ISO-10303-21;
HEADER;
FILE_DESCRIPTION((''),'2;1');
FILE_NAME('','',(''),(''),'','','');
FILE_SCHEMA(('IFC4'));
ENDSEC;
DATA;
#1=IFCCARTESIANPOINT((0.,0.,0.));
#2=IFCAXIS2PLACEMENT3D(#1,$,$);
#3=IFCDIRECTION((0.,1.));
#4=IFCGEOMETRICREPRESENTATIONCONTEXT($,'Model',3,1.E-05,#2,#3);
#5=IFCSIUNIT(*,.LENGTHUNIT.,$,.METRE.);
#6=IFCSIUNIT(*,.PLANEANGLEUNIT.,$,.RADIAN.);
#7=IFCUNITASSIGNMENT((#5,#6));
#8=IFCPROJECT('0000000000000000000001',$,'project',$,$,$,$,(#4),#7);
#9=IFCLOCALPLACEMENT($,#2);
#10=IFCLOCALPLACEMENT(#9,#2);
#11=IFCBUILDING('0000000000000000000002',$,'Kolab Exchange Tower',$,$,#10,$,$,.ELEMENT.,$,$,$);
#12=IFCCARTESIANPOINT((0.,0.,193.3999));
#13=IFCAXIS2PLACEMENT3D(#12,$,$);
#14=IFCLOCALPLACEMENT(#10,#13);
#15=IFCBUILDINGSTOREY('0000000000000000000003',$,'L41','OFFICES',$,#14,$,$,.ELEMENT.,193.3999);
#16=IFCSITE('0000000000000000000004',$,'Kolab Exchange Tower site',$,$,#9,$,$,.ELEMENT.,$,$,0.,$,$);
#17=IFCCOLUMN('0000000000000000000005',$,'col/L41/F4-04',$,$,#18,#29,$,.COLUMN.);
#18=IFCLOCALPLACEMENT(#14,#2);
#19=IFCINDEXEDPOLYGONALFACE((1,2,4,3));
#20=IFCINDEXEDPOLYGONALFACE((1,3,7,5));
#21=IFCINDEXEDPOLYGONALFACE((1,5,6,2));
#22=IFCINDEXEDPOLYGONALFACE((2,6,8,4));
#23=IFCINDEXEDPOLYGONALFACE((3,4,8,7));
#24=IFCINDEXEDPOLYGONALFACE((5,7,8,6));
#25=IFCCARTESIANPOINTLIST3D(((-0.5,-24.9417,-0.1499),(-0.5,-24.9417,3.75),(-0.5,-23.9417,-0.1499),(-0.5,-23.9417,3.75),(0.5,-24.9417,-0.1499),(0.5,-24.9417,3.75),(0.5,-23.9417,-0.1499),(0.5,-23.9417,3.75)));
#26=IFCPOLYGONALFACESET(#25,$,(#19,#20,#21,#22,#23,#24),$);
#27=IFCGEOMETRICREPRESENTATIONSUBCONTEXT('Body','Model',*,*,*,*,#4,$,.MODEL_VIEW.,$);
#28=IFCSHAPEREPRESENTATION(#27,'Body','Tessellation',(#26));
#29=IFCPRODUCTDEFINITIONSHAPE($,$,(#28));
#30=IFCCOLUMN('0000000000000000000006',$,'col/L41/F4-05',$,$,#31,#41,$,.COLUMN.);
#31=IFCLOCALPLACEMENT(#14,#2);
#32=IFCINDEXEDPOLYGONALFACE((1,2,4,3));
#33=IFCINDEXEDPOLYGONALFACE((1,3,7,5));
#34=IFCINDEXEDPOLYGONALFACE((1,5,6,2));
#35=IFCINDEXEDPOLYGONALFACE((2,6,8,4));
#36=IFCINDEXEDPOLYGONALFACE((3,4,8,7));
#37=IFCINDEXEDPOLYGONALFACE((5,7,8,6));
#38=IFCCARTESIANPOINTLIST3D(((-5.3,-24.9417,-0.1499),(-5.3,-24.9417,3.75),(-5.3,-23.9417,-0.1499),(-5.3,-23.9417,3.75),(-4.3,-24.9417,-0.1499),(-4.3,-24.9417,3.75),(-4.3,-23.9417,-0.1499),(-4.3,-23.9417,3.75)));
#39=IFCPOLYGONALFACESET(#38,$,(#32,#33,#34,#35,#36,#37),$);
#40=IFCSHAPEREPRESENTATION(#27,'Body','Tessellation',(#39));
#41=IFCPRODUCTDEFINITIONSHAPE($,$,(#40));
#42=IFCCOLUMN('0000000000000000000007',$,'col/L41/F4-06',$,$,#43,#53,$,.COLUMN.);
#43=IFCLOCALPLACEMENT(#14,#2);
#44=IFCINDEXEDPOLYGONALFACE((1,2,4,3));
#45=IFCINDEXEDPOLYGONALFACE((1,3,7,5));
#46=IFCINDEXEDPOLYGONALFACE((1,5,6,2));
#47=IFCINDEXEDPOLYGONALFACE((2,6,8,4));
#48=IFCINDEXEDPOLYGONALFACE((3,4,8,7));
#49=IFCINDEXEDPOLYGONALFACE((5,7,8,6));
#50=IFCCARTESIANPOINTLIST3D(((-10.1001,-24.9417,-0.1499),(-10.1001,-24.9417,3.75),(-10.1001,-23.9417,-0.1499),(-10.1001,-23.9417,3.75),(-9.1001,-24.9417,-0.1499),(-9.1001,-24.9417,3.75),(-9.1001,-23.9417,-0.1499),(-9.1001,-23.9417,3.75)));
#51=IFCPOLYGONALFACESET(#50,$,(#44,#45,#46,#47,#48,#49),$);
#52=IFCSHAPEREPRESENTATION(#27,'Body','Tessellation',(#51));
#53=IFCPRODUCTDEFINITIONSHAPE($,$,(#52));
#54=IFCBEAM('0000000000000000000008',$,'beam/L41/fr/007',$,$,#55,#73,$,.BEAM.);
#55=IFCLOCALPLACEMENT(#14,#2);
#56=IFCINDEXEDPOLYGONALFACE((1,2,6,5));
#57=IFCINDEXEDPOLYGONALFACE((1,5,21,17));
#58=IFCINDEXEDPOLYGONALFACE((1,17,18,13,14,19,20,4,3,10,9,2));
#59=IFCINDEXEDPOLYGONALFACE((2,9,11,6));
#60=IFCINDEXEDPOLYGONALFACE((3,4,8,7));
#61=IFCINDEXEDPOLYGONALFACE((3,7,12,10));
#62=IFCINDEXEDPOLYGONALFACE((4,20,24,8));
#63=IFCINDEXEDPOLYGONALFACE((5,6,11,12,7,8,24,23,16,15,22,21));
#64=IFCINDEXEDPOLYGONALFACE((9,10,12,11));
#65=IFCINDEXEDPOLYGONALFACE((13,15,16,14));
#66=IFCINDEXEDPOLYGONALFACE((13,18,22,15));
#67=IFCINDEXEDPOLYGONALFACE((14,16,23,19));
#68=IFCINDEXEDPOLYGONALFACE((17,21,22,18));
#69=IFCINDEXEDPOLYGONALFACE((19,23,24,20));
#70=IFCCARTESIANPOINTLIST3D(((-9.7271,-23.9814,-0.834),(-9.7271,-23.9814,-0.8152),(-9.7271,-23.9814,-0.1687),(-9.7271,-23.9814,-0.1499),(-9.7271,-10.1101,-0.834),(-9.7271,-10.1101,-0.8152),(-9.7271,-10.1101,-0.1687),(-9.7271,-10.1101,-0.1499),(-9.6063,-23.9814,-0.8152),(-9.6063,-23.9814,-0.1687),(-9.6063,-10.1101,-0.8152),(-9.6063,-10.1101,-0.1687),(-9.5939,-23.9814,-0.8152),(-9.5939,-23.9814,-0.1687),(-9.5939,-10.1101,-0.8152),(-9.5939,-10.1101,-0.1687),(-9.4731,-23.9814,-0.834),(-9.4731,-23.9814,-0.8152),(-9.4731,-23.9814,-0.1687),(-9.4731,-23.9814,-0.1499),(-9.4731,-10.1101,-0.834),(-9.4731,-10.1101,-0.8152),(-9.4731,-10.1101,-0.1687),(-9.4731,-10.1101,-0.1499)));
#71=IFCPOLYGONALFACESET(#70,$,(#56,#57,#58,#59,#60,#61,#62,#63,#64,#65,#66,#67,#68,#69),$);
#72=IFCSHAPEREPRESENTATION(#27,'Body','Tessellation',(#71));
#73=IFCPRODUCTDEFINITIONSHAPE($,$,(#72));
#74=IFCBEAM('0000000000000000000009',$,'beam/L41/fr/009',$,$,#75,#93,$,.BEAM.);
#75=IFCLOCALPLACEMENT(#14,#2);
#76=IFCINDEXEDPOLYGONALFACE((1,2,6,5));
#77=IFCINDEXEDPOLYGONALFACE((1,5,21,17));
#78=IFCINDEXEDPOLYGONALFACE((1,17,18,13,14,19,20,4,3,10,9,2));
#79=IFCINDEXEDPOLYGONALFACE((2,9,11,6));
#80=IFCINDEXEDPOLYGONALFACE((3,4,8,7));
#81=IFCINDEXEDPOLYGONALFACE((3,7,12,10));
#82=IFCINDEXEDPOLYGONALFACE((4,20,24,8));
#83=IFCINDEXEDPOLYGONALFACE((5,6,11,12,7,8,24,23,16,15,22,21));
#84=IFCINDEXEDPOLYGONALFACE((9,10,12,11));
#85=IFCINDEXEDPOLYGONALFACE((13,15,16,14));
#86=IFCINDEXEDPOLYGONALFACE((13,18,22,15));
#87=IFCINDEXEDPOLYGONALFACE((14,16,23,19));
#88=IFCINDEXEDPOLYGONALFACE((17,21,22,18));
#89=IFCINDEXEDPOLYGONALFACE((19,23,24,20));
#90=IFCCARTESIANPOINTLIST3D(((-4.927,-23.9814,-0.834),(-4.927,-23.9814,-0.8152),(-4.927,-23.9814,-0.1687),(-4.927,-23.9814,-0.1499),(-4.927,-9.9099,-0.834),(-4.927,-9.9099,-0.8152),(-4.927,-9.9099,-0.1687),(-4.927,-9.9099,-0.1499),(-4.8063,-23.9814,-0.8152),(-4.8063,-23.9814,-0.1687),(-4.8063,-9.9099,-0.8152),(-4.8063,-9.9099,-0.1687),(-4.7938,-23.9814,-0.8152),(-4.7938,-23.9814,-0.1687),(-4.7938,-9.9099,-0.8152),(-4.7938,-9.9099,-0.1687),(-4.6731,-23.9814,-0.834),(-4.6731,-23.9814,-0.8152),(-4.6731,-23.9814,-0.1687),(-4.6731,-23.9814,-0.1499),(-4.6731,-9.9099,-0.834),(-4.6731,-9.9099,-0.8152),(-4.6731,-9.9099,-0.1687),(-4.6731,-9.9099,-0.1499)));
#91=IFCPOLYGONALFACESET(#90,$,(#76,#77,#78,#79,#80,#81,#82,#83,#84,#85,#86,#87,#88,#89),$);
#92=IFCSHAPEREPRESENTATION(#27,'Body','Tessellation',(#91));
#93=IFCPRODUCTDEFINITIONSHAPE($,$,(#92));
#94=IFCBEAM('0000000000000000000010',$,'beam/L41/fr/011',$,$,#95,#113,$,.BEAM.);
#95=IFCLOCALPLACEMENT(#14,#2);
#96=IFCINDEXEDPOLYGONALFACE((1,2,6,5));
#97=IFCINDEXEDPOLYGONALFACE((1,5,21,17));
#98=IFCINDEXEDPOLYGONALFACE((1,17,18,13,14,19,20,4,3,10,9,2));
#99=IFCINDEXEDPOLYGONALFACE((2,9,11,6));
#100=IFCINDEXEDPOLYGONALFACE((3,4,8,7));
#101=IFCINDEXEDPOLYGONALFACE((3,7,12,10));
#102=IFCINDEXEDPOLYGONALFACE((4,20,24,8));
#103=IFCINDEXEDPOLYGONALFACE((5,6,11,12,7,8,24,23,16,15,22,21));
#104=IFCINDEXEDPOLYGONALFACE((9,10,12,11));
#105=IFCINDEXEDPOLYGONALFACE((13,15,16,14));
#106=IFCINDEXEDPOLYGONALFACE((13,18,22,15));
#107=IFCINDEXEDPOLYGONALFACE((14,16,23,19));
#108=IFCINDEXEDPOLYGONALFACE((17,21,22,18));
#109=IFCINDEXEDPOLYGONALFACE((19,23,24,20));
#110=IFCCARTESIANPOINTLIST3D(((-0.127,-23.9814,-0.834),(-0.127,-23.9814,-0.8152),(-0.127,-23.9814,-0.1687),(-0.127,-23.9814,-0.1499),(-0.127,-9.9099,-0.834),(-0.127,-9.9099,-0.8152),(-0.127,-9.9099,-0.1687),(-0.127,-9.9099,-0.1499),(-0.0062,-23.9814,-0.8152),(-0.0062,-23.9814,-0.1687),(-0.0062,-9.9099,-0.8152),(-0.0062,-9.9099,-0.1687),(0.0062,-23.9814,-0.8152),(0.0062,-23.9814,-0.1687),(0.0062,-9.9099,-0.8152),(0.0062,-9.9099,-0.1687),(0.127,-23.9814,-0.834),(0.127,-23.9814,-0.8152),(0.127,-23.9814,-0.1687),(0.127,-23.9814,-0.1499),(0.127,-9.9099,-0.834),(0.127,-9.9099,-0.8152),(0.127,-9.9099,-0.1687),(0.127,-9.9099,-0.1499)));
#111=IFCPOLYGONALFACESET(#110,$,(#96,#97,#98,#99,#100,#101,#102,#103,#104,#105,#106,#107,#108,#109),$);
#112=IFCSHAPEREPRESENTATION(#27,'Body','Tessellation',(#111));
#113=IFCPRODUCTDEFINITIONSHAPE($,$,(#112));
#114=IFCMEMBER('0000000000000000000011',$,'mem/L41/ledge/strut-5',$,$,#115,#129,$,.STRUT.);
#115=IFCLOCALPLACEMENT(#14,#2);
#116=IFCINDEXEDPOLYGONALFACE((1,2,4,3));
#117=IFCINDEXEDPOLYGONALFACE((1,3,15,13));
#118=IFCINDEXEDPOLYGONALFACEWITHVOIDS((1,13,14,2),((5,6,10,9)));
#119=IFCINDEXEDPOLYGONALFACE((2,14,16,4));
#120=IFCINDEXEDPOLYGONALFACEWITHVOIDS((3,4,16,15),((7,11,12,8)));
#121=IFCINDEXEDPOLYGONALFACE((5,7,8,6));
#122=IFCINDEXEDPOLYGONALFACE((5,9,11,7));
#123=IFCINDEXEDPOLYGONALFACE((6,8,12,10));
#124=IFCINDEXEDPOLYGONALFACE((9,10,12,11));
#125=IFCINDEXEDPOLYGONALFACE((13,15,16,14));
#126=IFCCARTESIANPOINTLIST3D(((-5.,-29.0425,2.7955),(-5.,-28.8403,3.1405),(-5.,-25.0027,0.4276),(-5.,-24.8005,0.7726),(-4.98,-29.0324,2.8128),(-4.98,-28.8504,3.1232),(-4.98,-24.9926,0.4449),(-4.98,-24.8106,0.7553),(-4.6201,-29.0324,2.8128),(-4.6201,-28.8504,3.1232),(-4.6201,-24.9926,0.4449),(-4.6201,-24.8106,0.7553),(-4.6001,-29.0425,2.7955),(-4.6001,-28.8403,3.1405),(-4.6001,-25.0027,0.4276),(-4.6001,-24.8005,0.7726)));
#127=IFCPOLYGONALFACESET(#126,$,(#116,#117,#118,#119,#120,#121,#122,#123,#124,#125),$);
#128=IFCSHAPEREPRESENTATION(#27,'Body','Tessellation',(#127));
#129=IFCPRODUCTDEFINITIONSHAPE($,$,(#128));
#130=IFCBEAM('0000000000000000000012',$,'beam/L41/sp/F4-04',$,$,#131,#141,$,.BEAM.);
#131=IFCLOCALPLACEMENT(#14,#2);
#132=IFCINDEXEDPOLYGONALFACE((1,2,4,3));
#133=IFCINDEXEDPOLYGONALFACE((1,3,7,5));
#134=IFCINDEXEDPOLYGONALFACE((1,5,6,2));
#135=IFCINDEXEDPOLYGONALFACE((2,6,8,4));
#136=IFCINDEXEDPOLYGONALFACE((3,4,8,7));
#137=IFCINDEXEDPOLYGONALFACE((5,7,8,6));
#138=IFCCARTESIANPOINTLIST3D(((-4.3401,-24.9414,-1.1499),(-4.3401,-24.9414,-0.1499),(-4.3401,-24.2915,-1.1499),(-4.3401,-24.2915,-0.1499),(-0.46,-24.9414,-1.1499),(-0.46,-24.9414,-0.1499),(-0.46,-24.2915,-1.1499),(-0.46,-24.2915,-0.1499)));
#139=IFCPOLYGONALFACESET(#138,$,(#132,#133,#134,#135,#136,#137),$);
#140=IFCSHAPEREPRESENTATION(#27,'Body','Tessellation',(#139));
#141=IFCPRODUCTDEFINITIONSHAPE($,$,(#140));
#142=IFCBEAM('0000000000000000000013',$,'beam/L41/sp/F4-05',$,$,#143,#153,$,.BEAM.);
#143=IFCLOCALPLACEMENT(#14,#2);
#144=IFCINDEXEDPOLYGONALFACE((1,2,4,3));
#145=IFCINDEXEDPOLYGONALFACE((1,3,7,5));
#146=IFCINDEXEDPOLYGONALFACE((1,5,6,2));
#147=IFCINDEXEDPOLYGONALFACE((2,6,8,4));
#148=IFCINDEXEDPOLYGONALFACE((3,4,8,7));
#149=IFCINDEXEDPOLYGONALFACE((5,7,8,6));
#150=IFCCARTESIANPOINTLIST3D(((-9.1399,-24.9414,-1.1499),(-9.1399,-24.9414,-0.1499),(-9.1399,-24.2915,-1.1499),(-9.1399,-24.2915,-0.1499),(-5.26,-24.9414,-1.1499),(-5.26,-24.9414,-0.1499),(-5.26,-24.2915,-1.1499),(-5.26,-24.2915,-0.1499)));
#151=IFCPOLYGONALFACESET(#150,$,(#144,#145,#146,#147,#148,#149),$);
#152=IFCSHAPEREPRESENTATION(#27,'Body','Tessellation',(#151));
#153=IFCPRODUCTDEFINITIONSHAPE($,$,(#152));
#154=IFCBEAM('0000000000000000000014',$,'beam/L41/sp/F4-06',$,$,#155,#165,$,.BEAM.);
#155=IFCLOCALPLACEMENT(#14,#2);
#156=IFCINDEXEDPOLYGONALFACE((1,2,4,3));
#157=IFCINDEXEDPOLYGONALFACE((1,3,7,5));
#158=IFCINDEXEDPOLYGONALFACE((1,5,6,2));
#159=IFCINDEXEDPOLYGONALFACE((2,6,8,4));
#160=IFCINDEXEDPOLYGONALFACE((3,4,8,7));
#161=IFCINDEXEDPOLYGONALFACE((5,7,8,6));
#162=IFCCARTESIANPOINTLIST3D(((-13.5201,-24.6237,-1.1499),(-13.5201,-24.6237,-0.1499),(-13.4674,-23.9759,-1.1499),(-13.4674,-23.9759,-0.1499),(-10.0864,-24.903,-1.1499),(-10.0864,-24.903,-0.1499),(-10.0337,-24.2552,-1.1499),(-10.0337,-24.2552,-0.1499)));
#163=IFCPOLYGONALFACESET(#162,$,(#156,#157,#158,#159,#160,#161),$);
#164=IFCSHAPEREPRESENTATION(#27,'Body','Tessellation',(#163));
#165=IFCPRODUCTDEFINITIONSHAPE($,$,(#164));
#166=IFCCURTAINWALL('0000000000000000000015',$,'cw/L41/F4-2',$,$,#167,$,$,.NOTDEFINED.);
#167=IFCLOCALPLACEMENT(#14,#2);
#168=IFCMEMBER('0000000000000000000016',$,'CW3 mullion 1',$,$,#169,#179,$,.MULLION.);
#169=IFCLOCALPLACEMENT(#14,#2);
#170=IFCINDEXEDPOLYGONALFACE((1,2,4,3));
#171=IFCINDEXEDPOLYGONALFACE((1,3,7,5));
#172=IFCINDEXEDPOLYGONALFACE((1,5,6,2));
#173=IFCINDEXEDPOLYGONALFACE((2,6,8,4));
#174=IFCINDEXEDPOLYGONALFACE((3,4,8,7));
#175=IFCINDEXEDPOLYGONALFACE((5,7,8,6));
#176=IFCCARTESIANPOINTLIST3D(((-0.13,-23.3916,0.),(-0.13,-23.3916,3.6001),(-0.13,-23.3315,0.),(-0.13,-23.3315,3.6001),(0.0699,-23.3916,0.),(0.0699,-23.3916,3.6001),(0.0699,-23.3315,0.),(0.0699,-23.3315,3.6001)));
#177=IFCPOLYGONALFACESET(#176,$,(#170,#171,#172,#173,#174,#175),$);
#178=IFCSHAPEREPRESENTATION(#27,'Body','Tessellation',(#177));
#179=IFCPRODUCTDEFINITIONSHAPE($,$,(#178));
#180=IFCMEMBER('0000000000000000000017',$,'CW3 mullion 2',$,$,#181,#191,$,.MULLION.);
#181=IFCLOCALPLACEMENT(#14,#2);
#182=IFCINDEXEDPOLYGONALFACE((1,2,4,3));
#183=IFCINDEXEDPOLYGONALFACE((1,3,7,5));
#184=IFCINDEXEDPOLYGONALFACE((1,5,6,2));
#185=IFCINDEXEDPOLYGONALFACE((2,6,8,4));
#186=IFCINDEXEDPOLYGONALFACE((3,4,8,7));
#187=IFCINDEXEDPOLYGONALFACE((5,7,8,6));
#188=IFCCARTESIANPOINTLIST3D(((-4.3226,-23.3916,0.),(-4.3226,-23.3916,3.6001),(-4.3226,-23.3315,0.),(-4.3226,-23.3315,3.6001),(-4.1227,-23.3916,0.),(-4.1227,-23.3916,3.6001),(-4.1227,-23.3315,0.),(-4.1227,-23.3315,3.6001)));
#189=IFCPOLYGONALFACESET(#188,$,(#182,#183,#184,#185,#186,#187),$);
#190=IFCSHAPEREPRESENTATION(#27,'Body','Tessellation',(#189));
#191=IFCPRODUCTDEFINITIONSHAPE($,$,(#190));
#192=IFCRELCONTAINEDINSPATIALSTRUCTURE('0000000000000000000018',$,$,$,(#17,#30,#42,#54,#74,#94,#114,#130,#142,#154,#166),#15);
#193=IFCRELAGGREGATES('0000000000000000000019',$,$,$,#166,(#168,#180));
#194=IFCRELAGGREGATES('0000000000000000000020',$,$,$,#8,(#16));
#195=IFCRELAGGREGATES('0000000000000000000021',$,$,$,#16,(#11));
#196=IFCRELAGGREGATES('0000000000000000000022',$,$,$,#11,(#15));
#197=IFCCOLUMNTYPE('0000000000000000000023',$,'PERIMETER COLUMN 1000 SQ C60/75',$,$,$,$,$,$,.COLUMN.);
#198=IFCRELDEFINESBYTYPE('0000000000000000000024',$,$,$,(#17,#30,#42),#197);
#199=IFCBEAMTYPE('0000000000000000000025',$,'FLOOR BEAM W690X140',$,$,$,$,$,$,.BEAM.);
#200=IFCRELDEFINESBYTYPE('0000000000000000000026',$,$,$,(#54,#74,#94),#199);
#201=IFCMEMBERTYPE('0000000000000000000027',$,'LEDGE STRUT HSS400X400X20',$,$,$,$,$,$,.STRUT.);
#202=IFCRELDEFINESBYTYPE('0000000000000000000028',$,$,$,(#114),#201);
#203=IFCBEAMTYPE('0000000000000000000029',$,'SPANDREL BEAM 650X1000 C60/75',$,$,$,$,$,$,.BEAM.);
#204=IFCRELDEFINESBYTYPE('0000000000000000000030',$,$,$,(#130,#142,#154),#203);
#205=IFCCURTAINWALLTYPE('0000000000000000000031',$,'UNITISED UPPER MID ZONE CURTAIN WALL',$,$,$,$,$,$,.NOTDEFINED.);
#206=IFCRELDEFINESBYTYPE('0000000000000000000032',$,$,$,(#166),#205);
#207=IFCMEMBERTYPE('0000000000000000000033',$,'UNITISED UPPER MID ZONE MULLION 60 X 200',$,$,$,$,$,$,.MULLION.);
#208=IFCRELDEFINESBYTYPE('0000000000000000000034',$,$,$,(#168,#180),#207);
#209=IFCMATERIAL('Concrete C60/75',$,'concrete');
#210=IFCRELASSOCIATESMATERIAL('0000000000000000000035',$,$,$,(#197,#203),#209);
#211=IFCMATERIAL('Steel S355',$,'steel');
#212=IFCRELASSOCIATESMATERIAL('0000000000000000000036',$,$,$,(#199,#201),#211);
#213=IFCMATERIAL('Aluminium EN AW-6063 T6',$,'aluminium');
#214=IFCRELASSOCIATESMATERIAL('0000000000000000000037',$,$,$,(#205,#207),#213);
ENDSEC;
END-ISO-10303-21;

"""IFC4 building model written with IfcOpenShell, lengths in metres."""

from ifc_helpers import new_model, si_unit, direction, frame, origin, origin_2d, place, context, subcontext, project, spatial, rectangle, hollow_rectangle, i_section, extrude, material, material_profile, profile_set, type_object, element, aggregate, save


model = new_model("IFC4")

# Units and contexts
model_context = context("Model", 3, precision=1e-05, world=origin(), true_north=direction((0.0, 1.0)))
body_context = subcontext(model_context, "Body", "Model", "MODEL_VIEW")
ifc_project = project(units=[si_unit("LENGTHUNIT", "METRE"), si_unit("PLANEANGLEUNIT", "RADIAN")], contexts=[model_context])

# Site, building, storey
site_placement = place(None, origin())
site = spatial("IfcSite", under=ifc_project, at=site_placement, Name="Kolab Exchange Tower site", CompositionType="ELEMENT", RefElevation=0.0)
building_placement = place(site_placement, origin())
building = spatial("IfcBuilding", under=site, at=building_placement, Name="Kolab Exchange Tower", CompositionType="ELEMENT")
storey_placement = place(building_placement, frame((0.0, 0.0, 193.3999)))
storey = spatial("IfcBuildingStorey", under=building, at=storey_placement, Name="L41", Description="OFFICES", CompositionType="ELEMENT", Elevation=193.3999)

# Columns
ifc_material_1 = material(Name="Concrete C60/75", Category="concrete")
ifc_material_profile_1 = material_profile(ifc_material_1, rectangle(XDim=1.0, YDim=1.0, at=origin_2d()), Name="RC1000")
ifc_profile_set_1 = profile_set([ifc_material_profile_1], Name="Concrete C60/75")
column_type = type_object("IfcColumnType", Name="PERIMETER COLUMN 1000 SQ C60/75", PredefinedType="COLUMN", material=ifc_profile_set_1)
for number, where, z_axis, x_axis, name in (
    (1, (0.0, -24.4417, -0.1499), (0.0, 0.0, 1.0), (1.0, 0.0, 0.0), "col/L41/F4-04"),
    (2, (-4.8, -24.4417, -0.1499), (0.0, 0.0, 1.0), (1.0, 0.0, 0.0), "col/L41/F4-05"),
    (3, (-9.6001, -24.4417, -0.1499), (0.0, 0.0, 1.0), (1.0, 0.0, 0.0), "col/L41/F4-06"),
):
    element("IfcColumn", number, at=place(storey_placement, frame(where, z_axis=z_axis, x_axis=x_axis)), inside=storey, type_object=column_type, Name=name, PredefinedType="COLUMN", context=body_context, shape_type="SweptSolid", body=[
        extrude(rectangle(XDim=1.0, YDim=1.0, at=origin_2d()), origin(), (0.0, 0.0, 1.0), 3.8999),
    ])

# Beams
ifc_material_2 = material(Name="Steel S355", Category="steel")
ifc_material_profile_2 = material_profile(ifc_material_2, i_section(OverallWidth=0.2539, OverallDepth=0.6841, WebThickness=0.0125, FlangeThickness=0.0188, at=origin_2d()), Name="W690X140")
ifc_profile_set_2 = profile_set([ifc_material_profile_2], Name="Steel S355")
beam_type_1 = type_object("IfcBeamType", Name="FLOOR BEAM W690X140", PredefinedType="BEAM", material=ifc_profile_set_2)
beam_1_placement = place(storey_placement, frame((-9.6001, -23.9814, -0.4919), z_axis=(0.0, 1.0, 0.0), x_axis=(-1.0, 0.0, 0.0)))
element("IfcBeam", 4, at=beam_1_placement, inside=storey, type_object=beam_type_1, Name="beam/L41/fr/007", PredefinedType="BEAM", context=body_context, shape_type="SweptSolid", body=[
    extrude(i_section(OverallWidth=0.2539, OverallDepth=0.6841, WebThickness=0.0125, FlangeThickness=0.0188, at=origin_2d()), origin(), (0.0, 0.0, 1.0), 13.8713),
])
for number, where, z_axis, x_axis, name in (
    (5, (-4.8, -23.9814, -0.4919), (0.0, 1.0, 0.0), (-1.0, 0.0, 0.0), "beam/L41/fr/009"),
    (6, (0.0, -23.9814, -0.4919), (0.0, 1.0, 0.0), (-1.0, 0.0, 0.0), "beam/L41/fr/011"),
):
    element("IfcBeam", number, at=place(storey_placement, frame(where, z_axis=z_axis, x_axis=x_axis)), inside=storey, type_object=beam_type_1, Name=name, PredefinedType="BEAM", context=body_context, shape_type="SweptSolid", body=[
        extrude(i_section(OverallWidth=0.2539, OverallDepth=0.6841, WebThickness=0.0125, FlangeThickness=0.0188, at=origin_2d()), origin(), (0.0, 0.0, 1.0), 14.0715),
    ])

# Member
ifc_material_profile_3 = material_profile(ifc_material_2, hollow_rectangle(XDim=0.3999, YDim=0.3999, WallThickness=0.02, at=origin_2d()), Name="HSS400X400X20")
ifc_profile_set_3 = profile_set([ifc_material_profile_3], Name="Steel S355")
member_type_1 = type_object("IfcMemberType", Name="LEDGE STRUT HSS400X400X20", PredefinedType="STRUT", material=ifc_profile_set_3)
member_1_placement = place(storey_placement, frame((-4.8, -24.9016, 0.6001), z_axis=(0.0, -0.86272, 0.505682), x_axis=(1.0, 0.0, 0.0)))
element("IfcMember", 7, at=member_1_placement, inside=storey, type_object=member_type_1, Name="mem/L41/ledge/strut-5", PredefinedType="STRUT", context=body_context, shape_type="SweptSolid", body=[
    extrude(hollow_rectangle(XDim=0.3999, YDim=0.3999, WallThickness=0.02, at=origin_2d()), origin(), (0.0, 0.0, 1.0), 4.6826),
])

# Beams
ifc_material_profile_4 = material_profile(ifc_material_1, rectangle(XDim=0.6499, YDim=1.0, at=origin_2d()), Name="RC650X1000")
ifc_profile_set_4 = profile_set([ifc_material_profile_4], Name="Concrete C60/75")
beam_type_2 = type_object("IfcBeamType", Name="SPANDREL BEAM 650X1000 C60/75", PredefinedType="BEAM", material=ifc_profile_set_4)
beam_2_placement = place(storey_placement, frame((-0.46, -24.6165, -0.6499), z_axis=(-1.0, 0.0, 0.0), x_axis=(0.0, -1.0, 0.0)))
element("IfcBeam", 8, at=beam_2_placement, inside=storey, type_object=beam_type_2, Name="beam/L41/sp/F4-04", PredefinedType="BEAM", context=body_context, shape_type="SweptSolid", body=[
    extrude(rectangle(XDim=0.6499, YDim=1.0, at=origin_2d()), origin(), (0.0, 0.0, 1.0), 3.8801),
])
beam_3_placement = place(storey_placement, frame((-5.26, -24.6165, -0.6499), z_axis=(-1.0, 0.0, 0.0), x_axis=(0.0, -1.0, 0.0)))
element("IfcBeam", 9, at=beam_3_placement, inside=storey, type_object=beam_type_2, Name="beam/L41/sp/F4-05", PredefinedType="BEAM", context=body_context, shape_type="SweptSolid", body=[
    extrude(rectangle(XDim=0.6499, YDim=1.0, at=origin_2d()), origin(), (0.0, 0.0, 1.0), 3.8799),
])
beam_4_placement = place(storey_placement, frame((-10.0601, -24.5791, -0.6499), z_axis=(-0.996708, 0.081069, 0.0), x_axis=(-0.081069, -0.996708, 0.0)))
element("IfcBeam", 10, at=beam_4_placement, inside=storey, type_object=beam_type_2, Name="beam/L41/sp/F4-06", PredefinedType="BEAM", context=body_context, shape_type="SweptSolid", body=[
    extrude(rectangle(XDim=0.6499, YDim=1.0, at=origin_2d()), origin(), (0.0, 0.0, 1.0), 3.4451),
])

# Curtain wall, members
ifc_material_3 = material(Name="Aluminium EN AW-6063 T6", Category="aluminium")
curtain_wall_type = type_object("IfcCurtainWallType", Name="UNITISED UPPER MID ZONE CURTAIN WALL", PredefinedType="NOTDEFINED", material=ifc_material_3)
curtain_wall_1_placement = place(storey_placement, origin())
curtain_wall_1 = element("IfcCurtainWall", 11, at=curtain_wall_1_placement, inside=storey, type_object=curtain_wall_type, Name="cw/L41/F4-2", PredefinedType="NOTDEFINED")
ifc_material_profile_5 = material_profile(ifc_material_3, rectangle(XDim=0.0601, YDim=0.2, at=origin_2d()), Name="RECT 60X200")
ifc_profile_set_5 = profile_set([ifc_material_profile_5], Name="Aluminium EN AW-6063 T6")
member_type_2 = type_object("IfcMemberType", Name="UNITISED UPPER MID ZONE MULLION 60 X 200", PredefinedType="MULLION", material=ifc_profile_set_5)
member_2_placement = place(storey_placement, frame((-0.03, -23.3616, 0.0), z_axis=(0.0, 0.0, 1.0), x_axis=(0.0, -1.0, 0.0)))
member_2 = element("IfcMember", 12, at=member_2_placement, type_object=member_type_2, Name="CW3 mullion 1", PredefinedType="MULLION", context=body_context, shape_type="SweptSolid", body=[
    extrude(rectangle(XDim=0.0601, YDim=0.2, at=origin_2d()), origin(), (0.0, 0.0, 1.0), 3.6001),
])
member_3_placement = place(storey_placement, frame((-4.2227, -23.3616, 0.0), z_axis=(0.0, 0.0, 1.0), x_axis=(0.0, -1.0, 0.0)))
member_3 = element("IfcMember", 13, at=member_3_placement, type_object=member_type_2, Name="CW3 mullion 2", PredefinedType="MULLION", context=body_context, shape_type="SweptSolid", body=[
    extrude(rectangle(XDim=0.0601, YDim=0.2, at=origin_2d()), origin(), (0.0, 0.0, 1.0), 3.6001),
])

aggregate(curtain_wall_1, [member_2, member_3])

save(model, "model.ifc")
